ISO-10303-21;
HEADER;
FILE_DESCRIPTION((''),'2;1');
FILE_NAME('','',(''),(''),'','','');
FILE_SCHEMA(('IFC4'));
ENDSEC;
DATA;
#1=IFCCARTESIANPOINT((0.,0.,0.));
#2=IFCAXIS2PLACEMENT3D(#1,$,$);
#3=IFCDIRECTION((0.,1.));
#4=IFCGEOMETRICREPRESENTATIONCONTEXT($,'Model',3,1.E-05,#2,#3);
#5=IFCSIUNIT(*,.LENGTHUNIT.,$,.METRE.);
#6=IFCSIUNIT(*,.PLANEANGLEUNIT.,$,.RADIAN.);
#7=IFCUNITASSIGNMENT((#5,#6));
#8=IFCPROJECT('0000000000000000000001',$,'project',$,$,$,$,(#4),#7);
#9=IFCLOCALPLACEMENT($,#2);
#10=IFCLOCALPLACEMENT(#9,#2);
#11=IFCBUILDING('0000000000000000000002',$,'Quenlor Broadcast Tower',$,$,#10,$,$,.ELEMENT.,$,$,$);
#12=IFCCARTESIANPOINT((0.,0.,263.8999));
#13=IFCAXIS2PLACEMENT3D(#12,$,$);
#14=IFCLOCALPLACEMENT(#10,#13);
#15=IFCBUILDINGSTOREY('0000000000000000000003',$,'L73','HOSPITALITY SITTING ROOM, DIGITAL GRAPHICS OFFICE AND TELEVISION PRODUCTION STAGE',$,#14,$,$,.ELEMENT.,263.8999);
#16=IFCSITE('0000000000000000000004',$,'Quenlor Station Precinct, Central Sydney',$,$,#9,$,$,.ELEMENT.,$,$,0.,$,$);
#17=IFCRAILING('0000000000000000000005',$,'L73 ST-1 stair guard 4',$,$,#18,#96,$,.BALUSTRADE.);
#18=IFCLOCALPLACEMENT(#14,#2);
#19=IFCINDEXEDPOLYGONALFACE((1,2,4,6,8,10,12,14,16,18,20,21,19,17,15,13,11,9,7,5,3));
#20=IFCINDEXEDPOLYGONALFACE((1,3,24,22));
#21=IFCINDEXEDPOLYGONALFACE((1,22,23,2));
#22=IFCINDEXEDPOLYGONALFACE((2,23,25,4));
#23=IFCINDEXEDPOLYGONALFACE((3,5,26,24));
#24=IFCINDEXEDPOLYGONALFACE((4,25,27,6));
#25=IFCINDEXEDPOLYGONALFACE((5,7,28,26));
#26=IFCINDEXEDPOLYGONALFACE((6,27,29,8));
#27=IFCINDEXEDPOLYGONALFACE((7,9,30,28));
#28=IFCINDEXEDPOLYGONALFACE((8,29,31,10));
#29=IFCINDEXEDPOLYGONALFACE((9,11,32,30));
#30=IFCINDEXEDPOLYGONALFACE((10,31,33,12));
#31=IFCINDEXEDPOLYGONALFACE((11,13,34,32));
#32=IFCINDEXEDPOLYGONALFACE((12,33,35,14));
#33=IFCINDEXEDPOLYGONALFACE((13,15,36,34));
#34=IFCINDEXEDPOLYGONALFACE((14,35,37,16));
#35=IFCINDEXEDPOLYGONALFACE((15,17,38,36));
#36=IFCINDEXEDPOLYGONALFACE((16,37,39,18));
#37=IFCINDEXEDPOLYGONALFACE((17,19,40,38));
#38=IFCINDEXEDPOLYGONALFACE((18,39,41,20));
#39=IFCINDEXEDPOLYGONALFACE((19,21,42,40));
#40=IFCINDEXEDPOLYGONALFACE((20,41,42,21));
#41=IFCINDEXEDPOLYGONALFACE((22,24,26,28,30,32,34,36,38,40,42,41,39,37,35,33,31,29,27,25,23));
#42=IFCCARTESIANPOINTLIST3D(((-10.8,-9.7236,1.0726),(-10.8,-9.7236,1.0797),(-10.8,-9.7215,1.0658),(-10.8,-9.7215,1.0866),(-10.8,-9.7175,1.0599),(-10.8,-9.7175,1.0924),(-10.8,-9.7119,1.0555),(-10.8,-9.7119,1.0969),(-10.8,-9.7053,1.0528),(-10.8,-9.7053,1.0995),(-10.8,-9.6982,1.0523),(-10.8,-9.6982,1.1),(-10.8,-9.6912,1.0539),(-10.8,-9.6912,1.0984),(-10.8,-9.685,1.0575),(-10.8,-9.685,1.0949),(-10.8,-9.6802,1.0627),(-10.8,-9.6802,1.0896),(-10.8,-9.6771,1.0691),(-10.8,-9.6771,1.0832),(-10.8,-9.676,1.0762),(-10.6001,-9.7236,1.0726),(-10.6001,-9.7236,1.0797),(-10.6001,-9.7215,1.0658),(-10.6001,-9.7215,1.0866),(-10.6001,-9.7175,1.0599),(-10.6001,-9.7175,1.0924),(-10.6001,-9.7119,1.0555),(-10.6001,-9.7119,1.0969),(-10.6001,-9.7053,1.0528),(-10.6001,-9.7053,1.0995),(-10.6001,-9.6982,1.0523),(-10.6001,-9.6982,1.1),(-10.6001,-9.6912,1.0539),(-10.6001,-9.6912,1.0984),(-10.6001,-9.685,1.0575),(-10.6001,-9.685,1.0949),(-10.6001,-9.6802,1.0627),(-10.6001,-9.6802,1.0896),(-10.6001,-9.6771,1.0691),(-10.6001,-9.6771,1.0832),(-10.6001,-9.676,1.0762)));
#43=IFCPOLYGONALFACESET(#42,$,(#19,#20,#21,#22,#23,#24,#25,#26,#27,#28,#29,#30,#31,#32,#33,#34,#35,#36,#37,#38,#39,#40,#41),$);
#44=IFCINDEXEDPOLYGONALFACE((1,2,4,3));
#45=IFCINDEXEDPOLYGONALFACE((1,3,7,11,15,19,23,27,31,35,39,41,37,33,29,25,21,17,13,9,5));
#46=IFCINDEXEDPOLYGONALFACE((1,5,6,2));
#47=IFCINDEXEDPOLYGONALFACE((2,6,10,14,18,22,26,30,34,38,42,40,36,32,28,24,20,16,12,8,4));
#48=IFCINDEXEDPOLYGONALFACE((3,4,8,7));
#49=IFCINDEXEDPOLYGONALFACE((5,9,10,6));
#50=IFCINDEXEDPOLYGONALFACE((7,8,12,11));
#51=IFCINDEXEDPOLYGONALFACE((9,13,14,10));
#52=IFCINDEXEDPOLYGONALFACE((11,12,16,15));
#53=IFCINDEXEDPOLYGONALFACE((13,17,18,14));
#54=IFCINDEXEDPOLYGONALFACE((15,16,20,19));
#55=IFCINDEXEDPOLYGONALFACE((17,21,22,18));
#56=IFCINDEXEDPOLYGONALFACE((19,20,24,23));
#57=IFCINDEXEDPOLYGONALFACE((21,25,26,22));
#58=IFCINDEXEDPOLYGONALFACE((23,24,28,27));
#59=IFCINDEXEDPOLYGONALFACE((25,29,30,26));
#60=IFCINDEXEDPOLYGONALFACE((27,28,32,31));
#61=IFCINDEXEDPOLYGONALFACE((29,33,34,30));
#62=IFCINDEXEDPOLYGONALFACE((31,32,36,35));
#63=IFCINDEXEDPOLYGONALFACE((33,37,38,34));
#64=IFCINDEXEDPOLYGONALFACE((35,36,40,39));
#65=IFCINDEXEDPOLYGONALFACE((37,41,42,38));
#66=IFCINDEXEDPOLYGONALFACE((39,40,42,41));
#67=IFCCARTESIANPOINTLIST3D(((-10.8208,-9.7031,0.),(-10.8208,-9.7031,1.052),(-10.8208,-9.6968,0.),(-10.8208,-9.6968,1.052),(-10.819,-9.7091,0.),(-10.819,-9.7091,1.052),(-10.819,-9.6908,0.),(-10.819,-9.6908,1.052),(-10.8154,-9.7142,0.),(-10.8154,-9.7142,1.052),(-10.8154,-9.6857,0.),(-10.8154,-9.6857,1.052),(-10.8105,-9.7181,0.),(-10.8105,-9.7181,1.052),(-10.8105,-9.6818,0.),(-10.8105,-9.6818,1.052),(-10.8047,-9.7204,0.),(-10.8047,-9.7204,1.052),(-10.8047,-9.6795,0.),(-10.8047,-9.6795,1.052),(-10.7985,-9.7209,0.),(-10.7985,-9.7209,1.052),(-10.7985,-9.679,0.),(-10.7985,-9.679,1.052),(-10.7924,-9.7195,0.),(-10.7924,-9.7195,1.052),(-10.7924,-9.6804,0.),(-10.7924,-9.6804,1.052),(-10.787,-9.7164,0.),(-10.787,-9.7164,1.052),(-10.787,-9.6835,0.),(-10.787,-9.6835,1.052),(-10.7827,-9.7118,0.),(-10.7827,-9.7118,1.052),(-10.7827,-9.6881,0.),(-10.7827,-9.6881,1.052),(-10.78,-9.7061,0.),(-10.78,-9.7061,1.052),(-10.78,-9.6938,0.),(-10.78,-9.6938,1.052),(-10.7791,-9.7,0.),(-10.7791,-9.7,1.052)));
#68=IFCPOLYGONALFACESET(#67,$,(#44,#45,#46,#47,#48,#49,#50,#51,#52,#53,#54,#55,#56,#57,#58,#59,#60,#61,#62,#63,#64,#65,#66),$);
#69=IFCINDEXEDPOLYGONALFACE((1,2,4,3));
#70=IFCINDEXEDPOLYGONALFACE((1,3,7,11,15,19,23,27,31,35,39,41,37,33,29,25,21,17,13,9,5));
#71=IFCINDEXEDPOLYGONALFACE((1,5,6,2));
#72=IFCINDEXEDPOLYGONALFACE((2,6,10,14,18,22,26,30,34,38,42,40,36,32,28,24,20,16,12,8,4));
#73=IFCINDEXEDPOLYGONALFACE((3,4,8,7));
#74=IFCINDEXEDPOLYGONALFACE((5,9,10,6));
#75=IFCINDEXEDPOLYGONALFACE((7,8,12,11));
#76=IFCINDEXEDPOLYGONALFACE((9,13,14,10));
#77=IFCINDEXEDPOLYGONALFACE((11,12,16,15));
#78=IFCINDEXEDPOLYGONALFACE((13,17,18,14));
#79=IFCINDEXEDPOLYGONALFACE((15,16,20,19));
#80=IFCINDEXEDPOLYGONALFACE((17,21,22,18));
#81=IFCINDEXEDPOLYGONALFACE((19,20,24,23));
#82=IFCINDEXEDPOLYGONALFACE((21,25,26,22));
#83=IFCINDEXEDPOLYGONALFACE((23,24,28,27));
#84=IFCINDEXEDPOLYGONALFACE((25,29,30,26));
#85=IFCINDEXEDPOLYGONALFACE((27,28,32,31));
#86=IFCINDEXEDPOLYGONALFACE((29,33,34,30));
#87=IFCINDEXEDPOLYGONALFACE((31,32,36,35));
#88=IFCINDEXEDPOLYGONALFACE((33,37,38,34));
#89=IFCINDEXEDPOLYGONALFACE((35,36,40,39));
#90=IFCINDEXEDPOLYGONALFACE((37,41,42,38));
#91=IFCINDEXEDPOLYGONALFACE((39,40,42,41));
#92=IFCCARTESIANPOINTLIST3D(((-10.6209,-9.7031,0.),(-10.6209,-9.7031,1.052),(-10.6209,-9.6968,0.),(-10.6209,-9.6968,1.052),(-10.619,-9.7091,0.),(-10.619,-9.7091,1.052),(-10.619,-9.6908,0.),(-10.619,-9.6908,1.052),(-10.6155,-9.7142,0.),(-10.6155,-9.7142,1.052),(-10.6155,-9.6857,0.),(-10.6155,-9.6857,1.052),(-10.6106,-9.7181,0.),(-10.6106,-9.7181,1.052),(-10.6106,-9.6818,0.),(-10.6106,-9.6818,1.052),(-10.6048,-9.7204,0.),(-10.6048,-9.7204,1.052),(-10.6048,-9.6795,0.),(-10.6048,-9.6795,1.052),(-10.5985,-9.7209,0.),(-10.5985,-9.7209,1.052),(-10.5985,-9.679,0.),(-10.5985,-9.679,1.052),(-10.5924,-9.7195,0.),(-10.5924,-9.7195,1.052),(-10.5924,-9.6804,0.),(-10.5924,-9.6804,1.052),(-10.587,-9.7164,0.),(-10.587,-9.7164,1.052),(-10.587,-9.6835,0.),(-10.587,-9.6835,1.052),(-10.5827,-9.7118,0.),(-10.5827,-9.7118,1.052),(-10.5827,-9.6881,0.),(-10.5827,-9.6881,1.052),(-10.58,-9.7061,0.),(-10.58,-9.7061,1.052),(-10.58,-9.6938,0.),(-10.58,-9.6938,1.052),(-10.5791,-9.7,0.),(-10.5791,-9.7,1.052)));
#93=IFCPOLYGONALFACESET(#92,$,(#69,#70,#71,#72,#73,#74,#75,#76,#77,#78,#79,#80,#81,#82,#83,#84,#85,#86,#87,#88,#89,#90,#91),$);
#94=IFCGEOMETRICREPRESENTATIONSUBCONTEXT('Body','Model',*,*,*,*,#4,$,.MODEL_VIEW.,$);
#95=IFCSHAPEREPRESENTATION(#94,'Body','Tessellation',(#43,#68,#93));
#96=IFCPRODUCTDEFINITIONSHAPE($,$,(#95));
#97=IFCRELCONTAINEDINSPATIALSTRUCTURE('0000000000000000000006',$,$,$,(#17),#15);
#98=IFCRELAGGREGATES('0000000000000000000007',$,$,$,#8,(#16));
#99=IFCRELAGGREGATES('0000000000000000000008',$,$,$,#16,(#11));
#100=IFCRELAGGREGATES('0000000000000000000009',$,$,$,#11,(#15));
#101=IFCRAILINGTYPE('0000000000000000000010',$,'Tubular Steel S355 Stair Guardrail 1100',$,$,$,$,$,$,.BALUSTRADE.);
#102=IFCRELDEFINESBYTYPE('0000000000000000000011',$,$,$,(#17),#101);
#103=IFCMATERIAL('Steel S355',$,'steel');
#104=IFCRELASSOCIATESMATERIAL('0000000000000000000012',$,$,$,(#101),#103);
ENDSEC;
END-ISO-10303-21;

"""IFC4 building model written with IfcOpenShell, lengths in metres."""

from ifc_helpers import new_model, si_unit, direction, frame, origin, origin_2d, place, context, subcontext, project, spatial, circle, extrude, material, type_object, element, save


model = new_model("IFC4")

# Units and contexts
model_context = context("Model", 3, precision=1e-05, world=origin(), true_north=direction((0.0, 1.0)))
body_context = subcontext(model_context, "Body", "Model", "MODEL_VIEW")
ifc_project = project(units=[si_unit("LENGTHUNIT", "METRE"), si_unit("PLANEANGLEUNIT", "RADIAN")], contexts=[model_context])

# Site, building, storey
site_placement = place(None, origin())
site = spatial("IfcSite", under=ifc_project, at=site_placement, Name="Quenlor Station Precinct, Central Sydney", CompositionType="ELEMENT", RefElevation=0.0)
building_placement = place(site_placement, origin())
building = spatial("IfcBuilding", under=site, at=building_placement, Name="Quenlor Broadcast Tower", CompositionType="ELEMENT")
storey_placement = place(building_placement, frame((0.0, 0.0, 263.8999)))
storey = spatial("IfcBuildingStorey", under=building, at=storey_placement, Name="L73", Description="HOSPITALITY SITTING ROOM, DIGITAL GRAPHICS OFFICE AND TELEVISION PRODUCTION STAGE", CompositionType="ELEMENT", Elevation=263.8999)

# Railing
ifc_material_1 = material(Name="Steel S355", Category="steel")
railing_type_1 = type_object("IfcRailingType", Name="Tubular Steel S355 Stair Guardrail 1100", PredefinedType="BALUSTRADE", material=ifc_material_1)
railing_1_placement = place(storey_placement, frame((-10.8, -9.7, 0.0)))
element("IfcRailing", 1, at=railing_1_placement, inside=storey, type_object=railing_type_1, Name="L73 ST-1 stair guard 4", PredefinedType="BALUSTRADE", context=body_context, shape_type="SweptSolid", body=[
    extrude(circle(Radius=0.0239, at=origin_2d()), frame((0.0, 0.0, 1.0762), z_axis=(1.0, 0.0, 0.0), x_axis=(0.0, 1.0, 0.0)), (0.0, 0.0, 1.0), 0.2),
    extrude(circle(Radius=0.021, at=origin_2d()), origin(), (0.0, 0.0, 1.0), 1.052),
    extrude(circle(Radius=0.021, at=origin_2d()), frame((0.2, 0.0, 0.0)), (0.0, 0.0, 1.0), 1.052),
])

save(model, "model.ifc")
